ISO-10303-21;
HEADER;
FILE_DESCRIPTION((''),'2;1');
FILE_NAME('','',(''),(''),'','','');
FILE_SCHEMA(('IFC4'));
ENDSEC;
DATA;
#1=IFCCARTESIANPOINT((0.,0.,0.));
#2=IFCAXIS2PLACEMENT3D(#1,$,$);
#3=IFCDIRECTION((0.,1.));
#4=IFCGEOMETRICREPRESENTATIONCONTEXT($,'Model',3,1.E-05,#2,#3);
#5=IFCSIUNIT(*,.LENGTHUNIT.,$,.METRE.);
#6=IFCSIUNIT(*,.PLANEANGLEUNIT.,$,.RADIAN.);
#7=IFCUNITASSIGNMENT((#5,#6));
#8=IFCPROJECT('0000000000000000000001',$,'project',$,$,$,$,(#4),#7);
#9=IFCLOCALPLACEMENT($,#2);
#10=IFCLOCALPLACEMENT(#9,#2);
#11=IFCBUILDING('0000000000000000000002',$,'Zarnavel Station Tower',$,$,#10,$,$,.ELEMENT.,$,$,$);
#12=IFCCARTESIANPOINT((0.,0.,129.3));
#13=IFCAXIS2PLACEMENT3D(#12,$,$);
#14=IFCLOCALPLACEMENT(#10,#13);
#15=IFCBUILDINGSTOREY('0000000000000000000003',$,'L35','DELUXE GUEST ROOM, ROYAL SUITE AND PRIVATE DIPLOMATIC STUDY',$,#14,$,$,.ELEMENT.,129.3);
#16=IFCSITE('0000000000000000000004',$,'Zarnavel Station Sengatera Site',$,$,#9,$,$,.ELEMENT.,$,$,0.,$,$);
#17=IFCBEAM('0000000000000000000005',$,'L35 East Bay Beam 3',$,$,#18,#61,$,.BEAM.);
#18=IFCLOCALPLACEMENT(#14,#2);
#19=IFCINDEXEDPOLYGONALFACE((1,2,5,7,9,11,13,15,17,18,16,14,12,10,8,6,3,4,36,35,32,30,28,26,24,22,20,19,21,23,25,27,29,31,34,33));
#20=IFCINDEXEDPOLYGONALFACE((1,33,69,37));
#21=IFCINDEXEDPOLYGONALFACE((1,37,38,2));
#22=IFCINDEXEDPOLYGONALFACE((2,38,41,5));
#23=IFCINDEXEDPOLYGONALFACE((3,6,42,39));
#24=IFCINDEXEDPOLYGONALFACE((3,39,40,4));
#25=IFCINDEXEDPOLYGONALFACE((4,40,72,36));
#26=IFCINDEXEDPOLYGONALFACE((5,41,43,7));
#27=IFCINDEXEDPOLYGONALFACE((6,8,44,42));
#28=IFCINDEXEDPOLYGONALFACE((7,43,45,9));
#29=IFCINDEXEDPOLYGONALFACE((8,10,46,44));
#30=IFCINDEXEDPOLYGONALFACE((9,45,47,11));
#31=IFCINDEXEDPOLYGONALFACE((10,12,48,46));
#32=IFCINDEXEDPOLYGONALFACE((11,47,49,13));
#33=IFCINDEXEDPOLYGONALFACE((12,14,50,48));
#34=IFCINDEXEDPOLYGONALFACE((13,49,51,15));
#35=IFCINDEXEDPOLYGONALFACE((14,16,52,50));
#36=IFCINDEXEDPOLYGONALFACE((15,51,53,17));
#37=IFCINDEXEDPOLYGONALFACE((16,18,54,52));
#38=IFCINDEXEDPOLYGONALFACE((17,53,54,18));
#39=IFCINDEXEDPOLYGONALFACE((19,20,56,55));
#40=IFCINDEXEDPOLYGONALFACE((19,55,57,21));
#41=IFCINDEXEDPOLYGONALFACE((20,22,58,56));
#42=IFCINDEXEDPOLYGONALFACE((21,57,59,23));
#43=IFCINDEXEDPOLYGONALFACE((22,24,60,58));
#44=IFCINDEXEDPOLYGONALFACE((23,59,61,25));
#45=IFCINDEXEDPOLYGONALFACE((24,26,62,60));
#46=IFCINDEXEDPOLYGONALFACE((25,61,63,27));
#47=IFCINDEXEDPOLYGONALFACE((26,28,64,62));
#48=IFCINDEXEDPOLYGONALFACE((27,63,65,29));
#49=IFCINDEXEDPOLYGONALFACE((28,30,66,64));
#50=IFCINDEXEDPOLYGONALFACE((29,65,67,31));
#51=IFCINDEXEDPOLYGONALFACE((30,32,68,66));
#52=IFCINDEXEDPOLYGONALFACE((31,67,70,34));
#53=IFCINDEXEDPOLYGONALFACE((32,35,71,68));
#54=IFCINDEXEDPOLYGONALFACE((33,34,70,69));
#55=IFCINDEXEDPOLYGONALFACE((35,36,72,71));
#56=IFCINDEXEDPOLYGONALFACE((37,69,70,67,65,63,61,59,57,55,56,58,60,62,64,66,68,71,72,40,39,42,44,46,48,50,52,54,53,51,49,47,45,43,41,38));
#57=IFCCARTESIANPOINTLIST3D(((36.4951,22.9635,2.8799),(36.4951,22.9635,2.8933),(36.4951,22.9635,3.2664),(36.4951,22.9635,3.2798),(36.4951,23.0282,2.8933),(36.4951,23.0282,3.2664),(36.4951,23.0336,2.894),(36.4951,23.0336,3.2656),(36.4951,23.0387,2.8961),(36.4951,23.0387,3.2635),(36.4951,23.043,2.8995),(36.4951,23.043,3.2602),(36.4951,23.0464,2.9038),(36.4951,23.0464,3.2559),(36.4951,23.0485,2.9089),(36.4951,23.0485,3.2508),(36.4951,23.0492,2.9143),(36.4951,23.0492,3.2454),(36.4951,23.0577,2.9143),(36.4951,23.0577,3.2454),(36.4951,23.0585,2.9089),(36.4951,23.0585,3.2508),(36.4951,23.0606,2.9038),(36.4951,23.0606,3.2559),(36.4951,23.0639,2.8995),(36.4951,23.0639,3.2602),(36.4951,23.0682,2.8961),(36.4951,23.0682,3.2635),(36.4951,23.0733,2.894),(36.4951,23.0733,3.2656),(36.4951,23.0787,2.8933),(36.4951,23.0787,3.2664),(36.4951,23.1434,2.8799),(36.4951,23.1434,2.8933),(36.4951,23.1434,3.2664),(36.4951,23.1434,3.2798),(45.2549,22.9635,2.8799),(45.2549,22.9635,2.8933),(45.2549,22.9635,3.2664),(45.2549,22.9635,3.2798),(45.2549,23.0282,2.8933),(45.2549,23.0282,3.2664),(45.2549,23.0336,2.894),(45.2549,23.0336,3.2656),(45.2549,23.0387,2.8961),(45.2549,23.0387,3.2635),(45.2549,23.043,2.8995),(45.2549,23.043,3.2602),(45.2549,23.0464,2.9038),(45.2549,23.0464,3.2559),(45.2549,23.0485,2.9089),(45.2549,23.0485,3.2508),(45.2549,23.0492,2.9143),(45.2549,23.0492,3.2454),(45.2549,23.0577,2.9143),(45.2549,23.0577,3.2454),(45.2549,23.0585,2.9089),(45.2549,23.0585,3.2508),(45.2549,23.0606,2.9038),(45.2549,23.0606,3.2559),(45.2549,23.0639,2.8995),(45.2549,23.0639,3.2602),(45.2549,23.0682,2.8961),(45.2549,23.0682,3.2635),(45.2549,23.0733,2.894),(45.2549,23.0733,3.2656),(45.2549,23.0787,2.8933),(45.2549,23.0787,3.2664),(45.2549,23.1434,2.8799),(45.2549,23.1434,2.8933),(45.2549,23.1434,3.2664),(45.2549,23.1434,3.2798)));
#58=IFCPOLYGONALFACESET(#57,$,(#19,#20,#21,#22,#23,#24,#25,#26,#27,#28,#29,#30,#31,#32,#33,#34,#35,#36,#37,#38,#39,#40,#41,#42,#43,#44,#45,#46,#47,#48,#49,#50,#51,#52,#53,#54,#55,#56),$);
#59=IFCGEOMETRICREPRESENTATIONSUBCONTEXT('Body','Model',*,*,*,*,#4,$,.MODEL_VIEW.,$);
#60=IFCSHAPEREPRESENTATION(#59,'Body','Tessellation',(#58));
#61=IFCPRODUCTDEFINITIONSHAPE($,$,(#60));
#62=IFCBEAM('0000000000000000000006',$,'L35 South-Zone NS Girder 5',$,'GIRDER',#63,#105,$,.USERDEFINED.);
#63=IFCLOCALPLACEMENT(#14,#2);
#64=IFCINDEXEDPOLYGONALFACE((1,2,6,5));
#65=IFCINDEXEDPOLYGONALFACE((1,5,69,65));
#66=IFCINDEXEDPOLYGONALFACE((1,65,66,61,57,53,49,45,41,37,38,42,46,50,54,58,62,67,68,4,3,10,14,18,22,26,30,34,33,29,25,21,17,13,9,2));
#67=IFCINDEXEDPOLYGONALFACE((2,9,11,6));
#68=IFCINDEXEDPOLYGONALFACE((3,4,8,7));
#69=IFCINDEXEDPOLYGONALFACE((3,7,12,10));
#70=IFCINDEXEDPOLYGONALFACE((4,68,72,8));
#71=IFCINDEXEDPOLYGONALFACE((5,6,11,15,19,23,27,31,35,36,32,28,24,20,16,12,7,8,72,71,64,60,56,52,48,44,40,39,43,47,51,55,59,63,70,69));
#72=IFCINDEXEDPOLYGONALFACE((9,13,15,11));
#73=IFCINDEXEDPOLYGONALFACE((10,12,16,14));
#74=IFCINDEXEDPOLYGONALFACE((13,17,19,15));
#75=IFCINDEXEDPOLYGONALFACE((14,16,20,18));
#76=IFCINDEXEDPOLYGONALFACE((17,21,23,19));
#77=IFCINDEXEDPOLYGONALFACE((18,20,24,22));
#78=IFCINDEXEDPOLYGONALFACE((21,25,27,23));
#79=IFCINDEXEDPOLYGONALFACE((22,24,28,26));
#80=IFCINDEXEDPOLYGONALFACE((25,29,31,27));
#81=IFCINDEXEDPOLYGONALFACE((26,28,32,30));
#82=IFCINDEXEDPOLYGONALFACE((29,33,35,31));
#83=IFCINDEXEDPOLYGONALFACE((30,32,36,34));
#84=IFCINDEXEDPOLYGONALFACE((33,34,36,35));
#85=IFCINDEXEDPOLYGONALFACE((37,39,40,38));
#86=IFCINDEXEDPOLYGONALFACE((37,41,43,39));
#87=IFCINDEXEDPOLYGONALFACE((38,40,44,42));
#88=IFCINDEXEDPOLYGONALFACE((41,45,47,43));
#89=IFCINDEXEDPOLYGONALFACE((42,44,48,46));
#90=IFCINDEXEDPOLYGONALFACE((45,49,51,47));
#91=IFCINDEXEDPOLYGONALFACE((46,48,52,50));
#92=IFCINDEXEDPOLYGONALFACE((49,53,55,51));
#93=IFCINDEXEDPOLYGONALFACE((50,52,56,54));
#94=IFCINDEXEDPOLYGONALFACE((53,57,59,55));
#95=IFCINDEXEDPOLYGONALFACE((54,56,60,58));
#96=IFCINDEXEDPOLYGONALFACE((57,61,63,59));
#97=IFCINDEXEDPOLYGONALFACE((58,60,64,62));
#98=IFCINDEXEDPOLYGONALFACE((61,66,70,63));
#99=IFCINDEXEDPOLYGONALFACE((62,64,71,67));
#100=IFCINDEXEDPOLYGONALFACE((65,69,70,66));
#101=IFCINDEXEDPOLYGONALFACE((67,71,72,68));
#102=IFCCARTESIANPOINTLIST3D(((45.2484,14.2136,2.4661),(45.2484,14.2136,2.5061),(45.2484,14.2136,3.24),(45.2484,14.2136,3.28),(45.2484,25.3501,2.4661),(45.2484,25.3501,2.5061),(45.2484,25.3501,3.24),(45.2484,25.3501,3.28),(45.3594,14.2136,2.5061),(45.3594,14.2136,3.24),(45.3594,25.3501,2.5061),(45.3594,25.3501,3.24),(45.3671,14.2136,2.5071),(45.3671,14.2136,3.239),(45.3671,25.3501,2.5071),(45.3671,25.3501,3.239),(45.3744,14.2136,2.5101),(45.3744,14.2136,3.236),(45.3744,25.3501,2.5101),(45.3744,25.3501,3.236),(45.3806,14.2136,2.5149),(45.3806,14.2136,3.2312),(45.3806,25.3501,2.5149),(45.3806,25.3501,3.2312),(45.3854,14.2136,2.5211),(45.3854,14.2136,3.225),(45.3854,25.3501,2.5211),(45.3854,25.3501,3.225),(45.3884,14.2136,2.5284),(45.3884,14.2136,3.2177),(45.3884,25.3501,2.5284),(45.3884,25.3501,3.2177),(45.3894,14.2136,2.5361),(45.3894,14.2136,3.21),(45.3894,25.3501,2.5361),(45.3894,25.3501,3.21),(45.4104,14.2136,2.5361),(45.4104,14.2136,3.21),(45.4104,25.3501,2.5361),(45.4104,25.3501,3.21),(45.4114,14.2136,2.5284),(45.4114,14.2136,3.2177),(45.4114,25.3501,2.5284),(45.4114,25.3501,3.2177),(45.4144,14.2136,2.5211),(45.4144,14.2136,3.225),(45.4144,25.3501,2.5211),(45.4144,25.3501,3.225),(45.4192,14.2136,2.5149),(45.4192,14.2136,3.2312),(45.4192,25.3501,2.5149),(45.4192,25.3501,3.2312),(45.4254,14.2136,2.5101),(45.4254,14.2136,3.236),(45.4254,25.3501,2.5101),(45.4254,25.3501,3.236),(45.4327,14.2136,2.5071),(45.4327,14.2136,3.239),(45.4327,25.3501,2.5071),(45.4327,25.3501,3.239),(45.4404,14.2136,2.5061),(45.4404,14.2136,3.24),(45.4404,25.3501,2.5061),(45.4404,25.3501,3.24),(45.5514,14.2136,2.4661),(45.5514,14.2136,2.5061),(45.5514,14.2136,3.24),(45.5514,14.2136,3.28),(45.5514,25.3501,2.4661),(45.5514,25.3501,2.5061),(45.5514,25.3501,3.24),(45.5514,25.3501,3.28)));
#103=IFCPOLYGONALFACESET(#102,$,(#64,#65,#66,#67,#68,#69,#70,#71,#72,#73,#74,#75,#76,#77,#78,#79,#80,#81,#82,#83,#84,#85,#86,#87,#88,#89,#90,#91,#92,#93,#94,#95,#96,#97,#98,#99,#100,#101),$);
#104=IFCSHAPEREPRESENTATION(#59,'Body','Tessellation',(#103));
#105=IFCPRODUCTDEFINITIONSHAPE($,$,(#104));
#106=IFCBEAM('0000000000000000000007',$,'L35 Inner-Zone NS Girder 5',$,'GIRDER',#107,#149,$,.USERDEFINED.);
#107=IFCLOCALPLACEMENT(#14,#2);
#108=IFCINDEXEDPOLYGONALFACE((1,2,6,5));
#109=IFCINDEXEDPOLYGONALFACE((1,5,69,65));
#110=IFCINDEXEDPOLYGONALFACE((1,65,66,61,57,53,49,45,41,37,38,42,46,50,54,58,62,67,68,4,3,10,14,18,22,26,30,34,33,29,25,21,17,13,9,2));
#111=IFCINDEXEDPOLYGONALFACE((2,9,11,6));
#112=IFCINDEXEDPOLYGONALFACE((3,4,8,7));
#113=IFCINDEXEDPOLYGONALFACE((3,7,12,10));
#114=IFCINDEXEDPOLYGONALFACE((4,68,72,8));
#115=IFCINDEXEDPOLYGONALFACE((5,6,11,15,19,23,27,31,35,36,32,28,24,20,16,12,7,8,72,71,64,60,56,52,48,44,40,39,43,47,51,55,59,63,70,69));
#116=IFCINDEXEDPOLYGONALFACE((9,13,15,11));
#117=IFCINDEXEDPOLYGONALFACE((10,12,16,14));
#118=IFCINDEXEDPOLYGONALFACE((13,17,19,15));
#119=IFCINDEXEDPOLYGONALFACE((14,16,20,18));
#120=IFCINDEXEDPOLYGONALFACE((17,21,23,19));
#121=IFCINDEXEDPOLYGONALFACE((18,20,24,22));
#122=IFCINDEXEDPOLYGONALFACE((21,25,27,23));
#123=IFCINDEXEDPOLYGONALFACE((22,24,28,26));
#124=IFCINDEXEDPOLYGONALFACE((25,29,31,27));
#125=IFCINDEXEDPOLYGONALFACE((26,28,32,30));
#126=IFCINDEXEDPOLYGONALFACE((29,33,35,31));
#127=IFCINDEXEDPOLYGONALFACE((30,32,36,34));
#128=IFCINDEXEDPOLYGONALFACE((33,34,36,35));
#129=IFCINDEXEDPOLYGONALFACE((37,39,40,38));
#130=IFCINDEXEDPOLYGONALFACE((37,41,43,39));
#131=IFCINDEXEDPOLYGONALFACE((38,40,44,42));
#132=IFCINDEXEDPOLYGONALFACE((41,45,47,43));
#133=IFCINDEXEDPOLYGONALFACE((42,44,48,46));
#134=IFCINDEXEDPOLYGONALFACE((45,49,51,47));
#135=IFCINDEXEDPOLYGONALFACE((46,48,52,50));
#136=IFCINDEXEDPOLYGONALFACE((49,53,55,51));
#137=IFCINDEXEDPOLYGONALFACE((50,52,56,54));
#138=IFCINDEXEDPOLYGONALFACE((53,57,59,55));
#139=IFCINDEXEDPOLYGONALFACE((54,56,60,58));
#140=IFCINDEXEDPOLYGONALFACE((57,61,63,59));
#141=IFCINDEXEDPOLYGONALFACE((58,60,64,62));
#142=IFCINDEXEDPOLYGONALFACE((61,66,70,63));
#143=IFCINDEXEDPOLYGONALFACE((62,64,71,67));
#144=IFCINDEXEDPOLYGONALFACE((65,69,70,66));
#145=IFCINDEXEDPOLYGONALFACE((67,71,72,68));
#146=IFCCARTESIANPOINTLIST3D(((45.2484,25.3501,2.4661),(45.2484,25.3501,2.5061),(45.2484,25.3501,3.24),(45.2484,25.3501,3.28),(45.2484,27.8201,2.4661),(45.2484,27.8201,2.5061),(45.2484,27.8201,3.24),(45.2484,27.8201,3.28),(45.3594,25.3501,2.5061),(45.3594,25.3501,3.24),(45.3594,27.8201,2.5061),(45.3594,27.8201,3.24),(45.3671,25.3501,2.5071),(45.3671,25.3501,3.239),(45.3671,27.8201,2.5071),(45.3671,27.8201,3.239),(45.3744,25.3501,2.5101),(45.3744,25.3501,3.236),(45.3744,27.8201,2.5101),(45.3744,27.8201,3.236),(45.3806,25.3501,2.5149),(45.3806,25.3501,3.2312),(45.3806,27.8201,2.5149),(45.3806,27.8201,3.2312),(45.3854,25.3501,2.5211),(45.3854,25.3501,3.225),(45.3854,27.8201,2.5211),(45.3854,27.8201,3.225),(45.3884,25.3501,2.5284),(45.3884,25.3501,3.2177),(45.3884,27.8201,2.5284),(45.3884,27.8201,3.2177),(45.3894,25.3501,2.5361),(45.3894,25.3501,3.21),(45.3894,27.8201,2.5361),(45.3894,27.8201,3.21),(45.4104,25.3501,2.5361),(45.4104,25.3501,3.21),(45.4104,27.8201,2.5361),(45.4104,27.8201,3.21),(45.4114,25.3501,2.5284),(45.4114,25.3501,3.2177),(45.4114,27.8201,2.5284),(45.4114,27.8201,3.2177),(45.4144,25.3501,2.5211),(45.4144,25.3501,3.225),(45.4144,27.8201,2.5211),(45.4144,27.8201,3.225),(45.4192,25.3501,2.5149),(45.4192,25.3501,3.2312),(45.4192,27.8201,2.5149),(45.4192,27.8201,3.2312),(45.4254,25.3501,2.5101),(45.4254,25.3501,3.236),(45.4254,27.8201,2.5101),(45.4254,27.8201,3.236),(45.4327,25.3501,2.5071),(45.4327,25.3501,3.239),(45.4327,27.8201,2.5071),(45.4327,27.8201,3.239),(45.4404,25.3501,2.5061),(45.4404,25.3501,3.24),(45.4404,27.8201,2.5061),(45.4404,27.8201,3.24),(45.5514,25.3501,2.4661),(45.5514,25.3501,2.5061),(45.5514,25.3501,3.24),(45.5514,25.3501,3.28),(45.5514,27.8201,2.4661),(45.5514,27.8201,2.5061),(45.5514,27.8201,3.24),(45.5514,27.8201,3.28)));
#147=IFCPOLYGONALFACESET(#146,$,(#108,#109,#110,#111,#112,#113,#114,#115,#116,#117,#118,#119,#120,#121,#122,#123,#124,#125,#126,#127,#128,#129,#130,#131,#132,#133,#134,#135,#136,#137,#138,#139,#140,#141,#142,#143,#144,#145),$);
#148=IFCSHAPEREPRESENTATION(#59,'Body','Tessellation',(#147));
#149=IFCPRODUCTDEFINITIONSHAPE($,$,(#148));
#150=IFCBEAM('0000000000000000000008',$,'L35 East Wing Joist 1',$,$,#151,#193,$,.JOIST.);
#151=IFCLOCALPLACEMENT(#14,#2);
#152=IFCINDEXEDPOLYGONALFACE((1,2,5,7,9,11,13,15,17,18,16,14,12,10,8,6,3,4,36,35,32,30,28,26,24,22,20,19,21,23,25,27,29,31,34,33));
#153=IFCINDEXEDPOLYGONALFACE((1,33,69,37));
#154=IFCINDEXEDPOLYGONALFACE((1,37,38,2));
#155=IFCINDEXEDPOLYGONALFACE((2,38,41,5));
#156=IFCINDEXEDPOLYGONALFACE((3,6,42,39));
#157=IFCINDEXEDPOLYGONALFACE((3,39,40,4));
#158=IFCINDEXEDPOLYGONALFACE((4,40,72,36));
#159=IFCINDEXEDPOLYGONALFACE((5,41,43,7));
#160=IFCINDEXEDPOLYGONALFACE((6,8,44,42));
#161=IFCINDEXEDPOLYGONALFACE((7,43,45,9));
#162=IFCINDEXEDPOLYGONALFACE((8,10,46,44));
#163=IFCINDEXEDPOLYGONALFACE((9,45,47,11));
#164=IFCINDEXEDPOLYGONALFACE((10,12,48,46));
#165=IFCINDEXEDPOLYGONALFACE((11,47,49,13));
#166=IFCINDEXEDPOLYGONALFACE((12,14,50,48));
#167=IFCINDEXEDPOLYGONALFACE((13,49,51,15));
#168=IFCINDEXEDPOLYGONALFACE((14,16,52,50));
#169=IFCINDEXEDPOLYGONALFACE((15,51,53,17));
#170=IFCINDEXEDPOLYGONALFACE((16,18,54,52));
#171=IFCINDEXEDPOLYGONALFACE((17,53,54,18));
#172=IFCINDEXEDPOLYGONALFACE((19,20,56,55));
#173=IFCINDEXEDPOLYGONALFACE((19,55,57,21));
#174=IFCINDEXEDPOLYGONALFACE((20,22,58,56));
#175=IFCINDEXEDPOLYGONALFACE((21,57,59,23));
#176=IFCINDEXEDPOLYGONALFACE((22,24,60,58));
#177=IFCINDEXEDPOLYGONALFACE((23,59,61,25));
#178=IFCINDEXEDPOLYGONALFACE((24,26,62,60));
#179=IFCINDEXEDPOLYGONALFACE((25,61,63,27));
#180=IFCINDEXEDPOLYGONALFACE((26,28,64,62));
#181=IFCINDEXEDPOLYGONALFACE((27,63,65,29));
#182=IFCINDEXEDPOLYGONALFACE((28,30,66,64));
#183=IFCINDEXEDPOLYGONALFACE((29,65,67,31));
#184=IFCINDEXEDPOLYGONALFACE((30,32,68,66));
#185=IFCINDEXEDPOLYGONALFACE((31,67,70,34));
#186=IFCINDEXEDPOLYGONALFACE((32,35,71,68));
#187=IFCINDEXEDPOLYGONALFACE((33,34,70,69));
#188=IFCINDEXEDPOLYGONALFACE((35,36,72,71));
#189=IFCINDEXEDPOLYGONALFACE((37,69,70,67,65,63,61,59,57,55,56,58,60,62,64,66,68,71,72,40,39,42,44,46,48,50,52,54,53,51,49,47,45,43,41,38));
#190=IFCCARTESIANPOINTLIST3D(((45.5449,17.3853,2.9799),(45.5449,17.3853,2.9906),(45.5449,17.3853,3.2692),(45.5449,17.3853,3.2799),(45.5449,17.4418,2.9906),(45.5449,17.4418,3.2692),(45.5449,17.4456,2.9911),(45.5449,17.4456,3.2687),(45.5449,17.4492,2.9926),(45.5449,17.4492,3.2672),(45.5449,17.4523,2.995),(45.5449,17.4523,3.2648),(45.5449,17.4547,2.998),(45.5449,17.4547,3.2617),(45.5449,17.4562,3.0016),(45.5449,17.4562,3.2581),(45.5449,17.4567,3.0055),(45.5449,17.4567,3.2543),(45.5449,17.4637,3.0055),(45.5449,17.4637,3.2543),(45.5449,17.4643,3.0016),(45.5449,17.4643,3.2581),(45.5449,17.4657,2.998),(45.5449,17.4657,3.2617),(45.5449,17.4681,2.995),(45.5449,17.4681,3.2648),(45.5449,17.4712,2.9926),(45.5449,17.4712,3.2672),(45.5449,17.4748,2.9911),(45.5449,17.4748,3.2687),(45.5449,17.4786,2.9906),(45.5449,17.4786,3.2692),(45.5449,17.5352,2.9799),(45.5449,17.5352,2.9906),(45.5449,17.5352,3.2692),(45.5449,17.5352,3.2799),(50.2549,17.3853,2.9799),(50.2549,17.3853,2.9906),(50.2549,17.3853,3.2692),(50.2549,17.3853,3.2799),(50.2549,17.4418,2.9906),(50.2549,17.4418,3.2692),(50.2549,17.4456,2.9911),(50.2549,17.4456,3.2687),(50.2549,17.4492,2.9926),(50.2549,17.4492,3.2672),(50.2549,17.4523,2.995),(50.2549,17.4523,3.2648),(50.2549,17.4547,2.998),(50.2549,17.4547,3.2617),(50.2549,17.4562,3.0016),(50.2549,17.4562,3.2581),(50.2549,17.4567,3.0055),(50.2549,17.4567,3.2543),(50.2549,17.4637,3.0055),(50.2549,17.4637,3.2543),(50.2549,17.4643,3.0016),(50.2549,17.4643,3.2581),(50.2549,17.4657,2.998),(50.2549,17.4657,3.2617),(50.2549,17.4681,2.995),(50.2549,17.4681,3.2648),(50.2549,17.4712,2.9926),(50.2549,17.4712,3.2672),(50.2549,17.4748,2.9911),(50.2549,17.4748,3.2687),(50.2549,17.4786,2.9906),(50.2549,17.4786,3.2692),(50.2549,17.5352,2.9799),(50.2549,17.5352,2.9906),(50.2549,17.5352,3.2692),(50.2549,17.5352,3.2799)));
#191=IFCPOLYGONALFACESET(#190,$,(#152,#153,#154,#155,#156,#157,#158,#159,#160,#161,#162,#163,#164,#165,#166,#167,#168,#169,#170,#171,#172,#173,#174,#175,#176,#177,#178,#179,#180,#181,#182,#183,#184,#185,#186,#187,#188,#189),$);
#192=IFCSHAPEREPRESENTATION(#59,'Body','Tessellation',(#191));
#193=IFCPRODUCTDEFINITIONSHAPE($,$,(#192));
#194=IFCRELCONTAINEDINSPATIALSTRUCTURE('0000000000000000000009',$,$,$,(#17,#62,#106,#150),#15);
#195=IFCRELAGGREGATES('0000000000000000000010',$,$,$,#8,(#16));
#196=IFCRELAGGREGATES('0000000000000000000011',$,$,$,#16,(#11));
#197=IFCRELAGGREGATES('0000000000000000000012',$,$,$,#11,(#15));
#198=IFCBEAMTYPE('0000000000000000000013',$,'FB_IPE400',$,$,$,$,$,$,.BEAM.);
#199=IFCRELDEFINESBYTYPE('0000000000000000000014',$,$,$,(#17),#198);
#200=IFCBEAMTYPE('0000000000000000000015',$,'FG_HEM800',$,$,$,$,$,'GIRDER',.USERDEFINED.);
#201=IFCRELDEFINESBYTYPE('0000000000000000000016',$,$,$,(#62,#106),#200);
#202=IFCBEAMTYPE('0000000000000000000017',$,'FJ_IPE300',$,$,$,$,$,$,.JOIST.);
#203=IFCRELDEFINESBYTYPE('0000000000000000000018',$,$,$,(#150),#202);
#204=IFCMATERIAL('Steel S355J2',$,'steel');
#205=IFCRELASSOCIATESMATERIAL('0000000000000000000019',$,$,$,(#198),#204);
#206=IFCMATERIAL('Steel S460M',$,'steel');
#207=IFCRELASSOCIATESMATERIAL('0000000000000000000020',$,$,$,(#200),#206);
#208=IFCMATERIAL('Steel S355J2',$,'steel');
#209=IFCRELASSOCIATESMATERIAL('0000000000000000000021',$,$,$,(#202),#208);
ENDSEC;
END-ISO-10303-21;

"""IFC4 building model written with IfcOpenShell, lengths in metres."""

from ifc_helpers import new_model, si_unit, direction, frame, origin, origin_2d, place, context, subcontext, project, spatial, i_section, extrude, material, material_profile, profile_set, type_object, element, save


model = new_model("IFC4")

# Units and contexts
model_context = context("Model", 3, precision=1e-05, world=origin(), true_north=direction((0.0, 1.0)))
body_context = subcontext(model_context, "Body", "Model", "MODEL_VIEW")
ifc_project = project(units=[si_unit("LENGTHUNIT", "METRE"), si_unit("PLANEANGLEUNIT", "RADIAN")], contexts=[model_context])

# Site, building, storey
site_placement = place(None, origin())
site = spatial("IfcSite", under=ifc_project, at=site_placement, Name="Zarnavel Station Sengatera Site", CompositionType="ELEMENT", RefElevation=0.0)
building_placement = place(site_placement, origin())
building = spatial("IfcBuilding", under=site, at=building_placement, Name="Zarnavel Station Tower", CompositionType="ELEMENT")
storey_placement = place(building_placement, frame((0.0, 0.0, 129.3)))
storey = spatial("IfcBuildingStorey", under=building, at=storey_placement, Name="L35", Description="DELUXE GUEST ROOM, ROYAL SUITE AND PRIVATE DIPLOMATIC STUDY", CompositionType="ELEMENT", Elevation=129.3)

# Beams
ifc_material_1 = material(Name="Steel S355J2", Category="steel")
ifc_material_profile_1 = material_profile(ifc_material_1, i_section(OverallWidth=0.1799, OverallDepth=0.3999, WebThickness=0.0085, FlangeThickness=0.0134, FilletRadius=0.021, at=origin_2d()), Name="IPE400")
ifc_profile_set_1 = profile_set([ifc_material_profile_1], Name="Steel S355J2")
beam_type_1 = type_object("IfcBeamType", Name="FB_IPE400", PredefinedType="BEAM", material=ifc_profile_set_1)
beam_1_placement = place(storey_placement, frame((36.4951, 23.0535, 3.0798), z_axis=(1.0, 0.0, 0.0), x_axis=(0.0, 1.0, 0.0)))
element("IfcBeam", 1, at=beam_1_placement, inside=storey, type_object=beam_type_1, Name="L35 East Bay Beam 3", PredefinedType="BEAM", context=body_context, shape_type="SweptSolid", body=[
    extrude(i_section(OverallWidth=0.1799, OverallDepth=0.3999, WebThickness=0.0085, FlangeThickness=0.0134, FilletRadius=0.021, at=origin_2d()), origin(), (0.0, 0.0, 1.0), 8.7598),
])
ifc_material_2 = material(Name="Steel S460M", Category="steel")
ifc_material_profile_2 = material_profile(ifc_material_2, i_section(OverallWidth=0.303, OverallDepth=0.814, WebThickness=0.021, FlangeThickness=0.04, FilletRadius=0.03, at=origin_2d()), Name="HEM800")
ifc_profile_set_2 = profile_set([ifc_material_profile_2], Name="Steel S460M")
beam_type_2 = type_object("IfcBeamType", Name="FG_HEM800", ElementType="GIRDER", PredefinedType="USERDEFINED", material=ifc_profile_set_2)
beam_2_placement = place(storey_placement, frame((45.3999, 14.2136, 2.873), z_axis=(0.0, 1.0, 0.0), x_axis=(-1.0, 0.0, 0.0)))
element("IfcBeam", 2, at=beam_2_placement, inside=storey, type_object=beam_type_2, Name="L35 South-Zone NS Girder 5", ObjectType="GIRDER", PredefinedType="USERDEFINED", context=body_context, shape_type="SweptSolid", body=[
    extrude(i_section(OverallWidth=0.303, OverallDepth=0.814, WebThickness=0.021, FlangeThickness=0.04, FilletRadius=0.03, at=origin_2d()), origin(), (0.0, 0.0, 1.0), 11.1365),
])
beam_3_placement = place(storey_placement, frame((45.3999, 25.3501, 2.873), z_axis=(0.0, 1.0, 0.0), x_axis=(-1.0, 0.0, 0.0)))
element("IfcBeam", 3, at=beam_3_placement, inside=storey, type_object=beam_type_2, Name="L35 Inner-Zone NS Girder 5", ObjectType="GIRDER", PredefinedType="USERDEFINED", context=body_context, shape_type="SweptSolid", body=[
    extrude(i_section(OverallWidth=0.303, OverallDepth=0.814, WebThickness=0.021, FlangeThickness=0.04, FilletRadius=0.03, at=origin_2d()), origin(), (0.0, 0.0, 1.0), 2.47),
])
ifc_material_3 = material(Name="Steel S355J2", Category="steel")
ifc_material_profile_3 = material_profile(ifc_material_3, i_section(OverallWidth=0.1499, OverallDepth=0.3, WebThickness=0.0071, FlangeThickness=0.0107, FilletRadius=0.0149, at=origin_2d()), Name="IPE300")
ifc_profile_set_3 = profile_set([ifc_material_profile_3], Name="Steel S355J2")
beam_type_3 = type_object("IfcBeamType", Name="FJ_IPE300", PredefinedType="JOIST", material=ifc_profile_set_3)
for number, where, z_axis, x_axis, name in (
    (4, (45.5449, 17.4602, 3.1299), (1.0, 0.0, 0.0), (0.0, 1.0, 0.0), "L35 East Wing Joist 1"),
):
    element("IfcBeam", number, at=place(storey_placement, frame(where, z_axis=z_axis, x_axis=x_axis)), inside=storey, type_object=beam_type_3, Name=name, PredefinedType="JOIST", context=body_context, shape_type="SweptSolid", body=[
        extrude(i_section(OverallWidth=0.1499, OverallDepth=0.3, WebThickness=0.0071, FlangeThickness=0.0107, FilletRadius=0.0149, at=origin_2d()), origin(), (0.0, 0.0, 1.0), 4.71),
    ])

save(model, "model.ifc")
